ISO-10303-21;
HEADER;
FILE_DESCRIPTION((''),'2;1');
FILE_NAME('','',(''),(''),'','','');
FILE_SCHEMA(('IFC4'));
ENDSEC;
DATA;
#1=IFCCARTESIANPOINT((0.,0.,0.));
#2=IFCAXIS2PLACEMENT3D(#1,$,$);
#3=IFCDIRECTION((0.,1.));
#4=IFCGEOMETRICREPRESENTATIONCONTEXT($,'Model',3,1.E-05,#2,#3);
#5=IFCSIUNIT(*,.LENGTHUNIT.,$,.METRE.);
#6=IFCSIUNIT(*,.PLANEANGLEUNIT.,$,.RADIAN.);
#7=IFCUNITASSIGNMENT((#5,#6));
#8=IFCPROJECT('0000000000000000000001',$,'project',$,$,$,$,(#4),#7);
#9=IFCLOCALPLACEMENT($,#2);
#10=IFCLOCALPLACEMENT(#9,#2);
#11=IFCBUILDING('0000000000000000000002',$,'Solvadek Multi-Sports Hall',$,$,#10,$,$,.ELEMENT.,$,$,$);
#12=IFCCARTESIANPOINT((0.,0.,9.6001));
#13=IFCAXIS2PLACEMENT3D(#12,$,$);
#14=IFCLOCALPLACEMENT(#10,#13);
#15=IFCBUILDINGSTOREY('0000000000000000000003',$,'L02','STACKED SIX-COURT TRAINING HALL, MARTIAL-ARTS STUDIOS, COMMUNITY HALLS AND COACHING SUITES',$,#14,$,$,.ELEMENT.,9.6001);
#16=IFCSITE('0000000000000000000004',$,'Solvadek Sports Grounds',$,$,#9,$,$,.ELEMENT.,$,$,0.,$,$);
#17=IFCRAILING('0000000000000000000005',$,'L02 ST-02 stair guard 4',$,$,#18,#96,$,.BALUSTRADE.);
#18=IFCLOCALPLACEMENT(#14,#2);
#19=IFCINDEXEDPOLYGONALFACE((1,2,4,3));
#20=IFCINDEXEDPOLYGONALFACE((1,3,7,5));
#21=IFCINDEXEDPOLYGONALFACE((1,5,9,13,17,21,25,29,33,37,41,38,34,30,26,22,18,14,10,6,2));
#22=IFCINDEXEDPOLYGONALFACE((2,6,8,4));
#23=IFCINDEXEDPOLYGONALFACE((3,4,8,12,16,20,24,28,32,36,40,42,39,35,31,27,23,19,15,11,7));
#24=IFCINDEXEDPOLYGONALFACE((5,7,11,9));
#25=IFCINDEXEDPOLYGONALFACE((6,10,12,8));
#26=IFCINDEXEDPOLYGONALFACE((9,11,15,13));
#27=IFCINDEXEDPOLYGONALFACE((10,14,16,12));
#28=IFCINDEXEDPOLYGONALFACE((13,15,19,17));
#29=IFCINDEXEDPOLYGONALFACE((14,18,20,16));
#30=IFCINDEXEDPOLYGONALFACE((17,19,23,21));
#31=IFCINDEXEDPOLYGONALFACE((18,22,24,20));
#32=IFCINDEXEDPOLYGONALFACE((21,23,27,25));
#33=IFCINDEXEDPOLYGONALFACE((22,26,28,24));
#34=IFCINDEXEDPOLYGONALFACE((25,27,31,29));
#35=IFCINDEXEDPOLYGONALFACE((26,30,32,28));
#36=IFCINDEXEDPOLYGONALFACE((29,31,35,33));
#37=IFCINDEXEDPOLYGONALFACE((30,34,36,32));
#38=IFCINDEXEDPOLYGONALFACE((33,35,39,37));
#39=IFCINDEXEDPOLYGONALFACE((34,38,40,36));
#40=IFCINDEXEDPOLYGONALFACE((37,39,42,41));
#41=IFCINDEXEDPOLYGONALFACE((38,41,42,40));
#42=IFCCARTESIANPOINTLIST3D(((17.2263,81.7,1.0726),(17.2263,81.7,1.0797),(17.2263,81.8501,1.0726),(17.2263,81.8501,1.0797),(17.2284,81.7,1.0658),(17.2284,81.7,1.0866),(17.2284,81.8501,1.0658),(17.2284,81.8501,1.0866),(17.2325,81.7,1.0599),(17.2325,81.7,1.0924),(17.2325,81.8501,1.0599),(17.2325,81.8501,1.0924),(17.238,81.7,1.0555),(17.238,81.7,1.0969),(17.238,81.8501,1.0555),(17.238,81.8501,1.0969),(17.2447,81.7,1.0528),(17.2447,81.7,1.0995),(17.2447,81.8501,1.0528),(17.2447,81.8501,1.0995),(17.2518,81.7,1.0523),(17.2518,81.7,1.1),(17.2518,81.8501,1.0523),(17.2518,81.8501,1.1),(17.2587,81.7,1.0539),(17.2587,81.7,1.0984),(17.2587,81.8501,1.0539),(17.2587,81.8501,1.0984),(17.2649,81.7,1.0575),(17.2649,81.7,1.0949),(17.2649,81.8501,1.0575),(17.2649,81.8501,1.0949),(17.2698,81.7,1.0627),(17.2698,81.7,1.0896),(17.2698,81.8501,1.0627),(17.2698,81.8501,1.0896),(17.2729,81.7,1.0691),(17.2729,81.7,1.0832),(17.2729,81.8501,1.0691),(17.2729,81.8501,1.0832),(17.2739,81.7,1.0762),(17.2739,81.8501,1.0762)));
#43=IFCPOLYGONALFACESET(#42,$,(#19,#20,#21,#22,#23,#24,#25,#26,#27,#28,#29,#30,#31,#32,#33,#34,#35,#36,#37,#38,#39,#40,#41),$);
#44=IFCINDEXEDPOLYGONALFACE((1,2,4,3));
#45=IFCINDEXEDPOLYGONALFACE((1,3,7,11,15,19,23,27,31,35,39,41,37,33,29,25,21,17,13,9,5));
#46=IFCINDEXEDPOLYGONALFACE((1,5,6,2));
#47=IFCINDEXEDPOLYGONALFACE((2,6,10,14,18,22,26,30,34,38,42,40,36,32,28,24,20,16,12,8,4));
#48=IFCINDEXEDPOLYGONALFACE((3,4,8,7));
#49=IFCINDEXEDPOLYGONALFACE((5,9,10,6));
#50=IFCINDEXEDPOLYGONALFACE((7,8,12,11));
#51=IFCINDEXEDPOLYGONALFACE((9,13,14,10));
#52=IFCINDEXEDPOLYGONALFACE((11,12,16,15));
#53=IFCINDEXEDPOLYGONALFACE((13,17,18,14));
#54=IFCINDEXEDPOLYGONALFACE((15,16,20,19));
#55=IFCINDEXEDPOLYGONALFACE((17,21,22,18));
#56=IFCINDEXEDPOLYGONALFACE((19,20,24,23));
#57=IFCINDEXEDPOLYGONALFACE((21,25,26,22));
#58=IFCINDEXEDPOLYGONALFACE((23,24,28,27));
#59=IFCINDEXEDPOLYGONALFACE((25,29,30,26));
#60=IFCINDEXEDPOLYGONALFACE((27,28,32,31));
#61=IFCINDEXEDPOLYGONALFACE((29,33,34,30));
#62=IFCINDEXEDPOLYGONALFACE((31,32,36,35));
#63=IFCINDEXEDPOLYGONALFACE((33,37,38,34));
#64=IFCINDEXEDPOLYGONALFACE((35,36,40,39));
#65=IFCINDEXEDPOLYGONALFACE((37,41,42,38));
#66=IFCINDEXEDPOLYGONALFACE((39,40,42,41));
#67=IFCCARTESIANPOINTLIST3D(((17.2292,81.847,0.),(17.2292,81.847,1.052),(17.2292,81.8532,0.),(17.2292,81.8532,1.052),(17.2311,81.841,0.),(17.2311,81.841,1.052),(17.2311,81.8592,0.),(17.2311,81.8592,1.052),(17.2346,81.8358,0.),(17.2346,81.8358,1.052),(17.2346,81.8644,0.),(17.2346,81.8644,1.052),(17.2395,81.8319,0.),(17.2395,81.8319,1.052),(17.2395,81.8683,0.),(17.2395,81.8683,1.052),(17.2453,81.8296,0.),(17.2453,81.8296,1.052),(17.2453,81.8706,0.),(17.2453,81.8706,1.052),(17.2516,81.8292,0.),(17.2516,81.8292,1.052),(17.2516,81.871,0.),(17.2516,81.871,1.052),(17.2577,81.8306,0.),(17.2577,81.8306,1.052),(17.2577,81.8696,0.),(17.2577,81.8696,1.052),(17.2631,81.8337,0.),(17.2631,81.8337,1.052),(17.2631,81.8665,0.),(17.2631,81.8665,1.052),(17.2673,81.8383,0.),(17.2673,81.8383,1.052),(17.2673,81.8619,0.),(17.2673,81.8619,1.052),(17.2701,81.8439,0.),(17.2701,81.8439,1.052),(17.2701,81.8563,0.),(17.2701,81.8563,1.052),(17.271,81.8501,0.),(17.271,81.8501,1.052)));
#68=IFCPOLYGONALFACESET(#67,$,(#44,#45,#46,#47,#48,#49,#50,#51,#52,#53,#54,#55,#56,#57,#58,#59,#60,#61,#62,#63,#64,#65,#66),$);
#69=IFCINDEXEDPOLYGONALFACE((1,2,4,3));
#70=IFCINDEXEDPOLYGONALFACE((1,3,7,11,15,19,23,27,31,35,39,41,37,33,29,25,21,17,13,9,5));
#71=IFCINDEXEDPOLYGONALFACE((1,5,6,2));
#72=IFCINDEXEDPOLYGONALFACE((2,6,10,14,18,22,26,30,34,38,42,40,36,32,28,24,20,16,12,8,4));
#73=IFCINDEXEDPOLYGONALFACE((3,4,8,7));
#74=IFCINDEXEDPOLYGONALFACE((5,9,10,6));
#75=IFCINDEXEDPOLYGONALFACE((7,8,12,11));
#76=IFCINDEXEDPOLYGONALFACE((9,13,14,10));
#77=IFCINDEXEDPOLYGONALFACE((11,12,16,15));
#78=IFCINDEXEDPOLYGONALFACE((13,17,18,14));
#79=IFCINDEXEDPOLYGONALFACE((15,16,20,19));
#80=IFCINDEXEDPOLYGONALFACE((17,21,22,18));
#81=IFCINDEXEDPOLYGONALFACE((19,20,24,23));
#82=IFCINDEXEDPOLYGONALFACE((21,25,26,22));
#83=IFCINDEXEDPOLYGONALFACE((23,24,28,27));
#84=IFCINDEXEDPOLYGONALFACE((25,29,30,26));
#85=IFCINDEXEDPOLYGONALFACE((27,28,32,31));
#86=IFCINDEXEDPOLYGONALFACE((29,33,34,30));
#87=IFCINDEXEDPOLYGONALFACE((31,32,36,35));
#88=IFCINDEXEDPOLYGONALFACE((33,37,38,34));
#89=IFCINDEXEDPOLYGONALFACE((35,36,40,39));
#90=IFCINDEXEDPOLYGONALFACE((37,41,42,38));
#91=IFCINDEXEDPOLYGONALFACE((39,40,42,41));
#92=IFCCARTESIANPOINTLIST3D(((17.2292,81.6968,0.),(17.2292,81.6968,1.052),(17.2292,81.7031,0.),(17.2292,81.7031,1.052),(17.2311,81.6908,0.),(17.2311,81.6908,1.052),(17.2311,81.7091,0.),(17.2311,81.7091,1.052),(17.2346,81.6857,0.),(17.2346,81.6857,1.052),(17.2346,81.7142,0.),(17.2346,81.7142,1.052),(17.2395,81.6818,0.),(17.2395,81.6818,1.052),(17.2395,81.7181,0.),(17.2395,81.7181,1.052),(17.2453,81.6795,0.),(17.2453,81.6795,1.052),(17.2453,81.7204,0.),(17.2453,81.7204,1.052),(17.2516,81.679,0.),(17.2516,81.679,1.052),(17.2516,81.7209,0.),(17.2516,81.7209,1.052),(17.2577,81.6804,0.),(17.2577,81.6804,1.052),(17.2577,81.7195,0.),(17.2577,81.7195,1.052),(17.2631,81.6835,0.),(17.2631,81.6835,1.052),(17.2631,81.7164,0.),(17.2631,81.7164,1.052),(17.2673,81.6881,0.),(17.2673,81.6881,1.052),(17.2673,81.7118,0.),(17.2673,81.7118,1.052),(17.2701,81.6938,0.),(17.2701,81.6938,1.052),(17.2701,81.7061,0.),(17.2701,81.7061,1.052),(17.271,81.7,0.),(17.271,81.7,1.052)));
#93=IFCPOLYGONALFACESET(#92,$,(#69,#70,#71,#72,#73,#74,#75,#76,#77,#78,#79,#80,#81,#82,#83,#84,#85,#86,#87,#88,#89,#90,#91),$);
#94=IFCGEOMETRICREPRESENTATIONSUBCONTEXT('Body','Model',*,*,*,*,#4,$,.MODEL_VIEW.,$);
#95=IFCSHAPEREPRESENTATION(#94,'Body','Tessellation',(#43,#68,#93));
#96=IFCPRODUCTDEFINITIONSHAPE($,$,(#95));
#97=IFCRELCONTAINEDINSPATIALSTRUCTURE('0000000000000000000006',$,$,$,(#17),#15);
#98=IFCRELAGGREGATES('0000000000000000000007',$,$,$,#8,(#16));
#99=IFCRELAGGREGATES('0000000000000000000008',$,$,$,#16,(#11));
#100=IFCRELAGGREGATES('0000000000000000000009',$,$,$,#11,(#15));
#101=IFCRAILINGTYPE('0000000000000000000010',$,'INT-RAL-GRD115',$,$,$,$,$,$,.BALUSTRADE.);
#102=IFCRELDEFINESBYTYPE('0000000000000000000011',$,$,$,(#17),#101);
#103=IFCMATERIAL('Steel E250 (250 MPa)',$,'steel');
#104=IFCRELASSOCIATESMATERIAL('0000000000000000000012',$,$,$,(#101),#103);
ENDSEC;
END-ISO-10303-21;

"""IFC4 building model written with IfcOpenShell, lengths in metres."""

from ifc_helpers import new_model, si_unit, direction, frame, origin, origin_2d, place, context, subcontext, project, spatial, circle, extrude, material, type_object, element, save


model = new_model("IFC4")

# Units and contexts
model_context = context("Model", 3, precision=1e-05, world=origin(), true_north=direction((0.0, 1.0)))
body_context = subcontext(model_context, "Body", "Model", "MODEL_VIEW")
ifc_project = project(units=[si_unit("LENGTHUNIT", "METRE"), si_unit("PLANEANGLEUNIT", "RADIAN")], contexts=[model_context])

# Site, building, storey
site_placement = place(None, origin())
site = spatial("IfcSite", under=ifc_project, at=site_placement, Name="Solvadek Sports Grounds", CompositionType="ELEMENT", RefElevation=0.0)
building_placement = place(site_placement, origin())
building = spatial("IfcBuilding", under=site, at=building_placement, Name="Solvadek Multi-Sports Hall", CompositionType="ELEMENT")
storey_placement = place(building_placement, frame((0.0, 0.0, 9.6001)))
storey = spatial("IfcBuildingStorey", under=building, at=storey_placement, Name="L02", Description="STACKED SIX-COURT TRAINING HALL, MARTIAL-ARTS STUDIOS, COMMUNITY HALLS AND COACHING SUITES", CompositionType="ELEMENT", Elevation=9.6001)

# Shared definitions
ifc_material_1 = material(Name="Steel E250 (250 MPa)", Category="steel")

# Railing
railing_type_1 = type_object("IfcRailingType", Name="INT-RAL-GRD115", PredefinedType="BALUSTRADE", material=ifc_material_1)
railing_1_placement = place(storey_placement, frame((17.25, 81.8501, 0.0)))
element("IfcRailing", 1, at=railing_1_placement, inside=storey, type_object=railing_type_1, Name="L02 ST-02 stair guard 4", PredefinedType="BALUSTRADE", context=body_context, shape_type="SweptSolid", body=[
    extrude(circle(Radius=0.0239, at=origin_2d()), frame((0.0, 0.0, 1.0762), z_axis=(0.0, -1.0, 0.0), x_axis=(1.0, 0.0, 0.0)), (0.0, 0.0, 1.0), 0.1501),
    extrude(circle(Radius=0.021, at=origin_2d()), origin(), (0.0, 0.0, 1.0), 1.052),
    extrude(circle(Radius=0.021, at=origin_2d()), frame((0.0, -0.1501, 0.0)), (0.0, 0.0, 1.0), 1.052),
])

save(model, "model.ifc")
